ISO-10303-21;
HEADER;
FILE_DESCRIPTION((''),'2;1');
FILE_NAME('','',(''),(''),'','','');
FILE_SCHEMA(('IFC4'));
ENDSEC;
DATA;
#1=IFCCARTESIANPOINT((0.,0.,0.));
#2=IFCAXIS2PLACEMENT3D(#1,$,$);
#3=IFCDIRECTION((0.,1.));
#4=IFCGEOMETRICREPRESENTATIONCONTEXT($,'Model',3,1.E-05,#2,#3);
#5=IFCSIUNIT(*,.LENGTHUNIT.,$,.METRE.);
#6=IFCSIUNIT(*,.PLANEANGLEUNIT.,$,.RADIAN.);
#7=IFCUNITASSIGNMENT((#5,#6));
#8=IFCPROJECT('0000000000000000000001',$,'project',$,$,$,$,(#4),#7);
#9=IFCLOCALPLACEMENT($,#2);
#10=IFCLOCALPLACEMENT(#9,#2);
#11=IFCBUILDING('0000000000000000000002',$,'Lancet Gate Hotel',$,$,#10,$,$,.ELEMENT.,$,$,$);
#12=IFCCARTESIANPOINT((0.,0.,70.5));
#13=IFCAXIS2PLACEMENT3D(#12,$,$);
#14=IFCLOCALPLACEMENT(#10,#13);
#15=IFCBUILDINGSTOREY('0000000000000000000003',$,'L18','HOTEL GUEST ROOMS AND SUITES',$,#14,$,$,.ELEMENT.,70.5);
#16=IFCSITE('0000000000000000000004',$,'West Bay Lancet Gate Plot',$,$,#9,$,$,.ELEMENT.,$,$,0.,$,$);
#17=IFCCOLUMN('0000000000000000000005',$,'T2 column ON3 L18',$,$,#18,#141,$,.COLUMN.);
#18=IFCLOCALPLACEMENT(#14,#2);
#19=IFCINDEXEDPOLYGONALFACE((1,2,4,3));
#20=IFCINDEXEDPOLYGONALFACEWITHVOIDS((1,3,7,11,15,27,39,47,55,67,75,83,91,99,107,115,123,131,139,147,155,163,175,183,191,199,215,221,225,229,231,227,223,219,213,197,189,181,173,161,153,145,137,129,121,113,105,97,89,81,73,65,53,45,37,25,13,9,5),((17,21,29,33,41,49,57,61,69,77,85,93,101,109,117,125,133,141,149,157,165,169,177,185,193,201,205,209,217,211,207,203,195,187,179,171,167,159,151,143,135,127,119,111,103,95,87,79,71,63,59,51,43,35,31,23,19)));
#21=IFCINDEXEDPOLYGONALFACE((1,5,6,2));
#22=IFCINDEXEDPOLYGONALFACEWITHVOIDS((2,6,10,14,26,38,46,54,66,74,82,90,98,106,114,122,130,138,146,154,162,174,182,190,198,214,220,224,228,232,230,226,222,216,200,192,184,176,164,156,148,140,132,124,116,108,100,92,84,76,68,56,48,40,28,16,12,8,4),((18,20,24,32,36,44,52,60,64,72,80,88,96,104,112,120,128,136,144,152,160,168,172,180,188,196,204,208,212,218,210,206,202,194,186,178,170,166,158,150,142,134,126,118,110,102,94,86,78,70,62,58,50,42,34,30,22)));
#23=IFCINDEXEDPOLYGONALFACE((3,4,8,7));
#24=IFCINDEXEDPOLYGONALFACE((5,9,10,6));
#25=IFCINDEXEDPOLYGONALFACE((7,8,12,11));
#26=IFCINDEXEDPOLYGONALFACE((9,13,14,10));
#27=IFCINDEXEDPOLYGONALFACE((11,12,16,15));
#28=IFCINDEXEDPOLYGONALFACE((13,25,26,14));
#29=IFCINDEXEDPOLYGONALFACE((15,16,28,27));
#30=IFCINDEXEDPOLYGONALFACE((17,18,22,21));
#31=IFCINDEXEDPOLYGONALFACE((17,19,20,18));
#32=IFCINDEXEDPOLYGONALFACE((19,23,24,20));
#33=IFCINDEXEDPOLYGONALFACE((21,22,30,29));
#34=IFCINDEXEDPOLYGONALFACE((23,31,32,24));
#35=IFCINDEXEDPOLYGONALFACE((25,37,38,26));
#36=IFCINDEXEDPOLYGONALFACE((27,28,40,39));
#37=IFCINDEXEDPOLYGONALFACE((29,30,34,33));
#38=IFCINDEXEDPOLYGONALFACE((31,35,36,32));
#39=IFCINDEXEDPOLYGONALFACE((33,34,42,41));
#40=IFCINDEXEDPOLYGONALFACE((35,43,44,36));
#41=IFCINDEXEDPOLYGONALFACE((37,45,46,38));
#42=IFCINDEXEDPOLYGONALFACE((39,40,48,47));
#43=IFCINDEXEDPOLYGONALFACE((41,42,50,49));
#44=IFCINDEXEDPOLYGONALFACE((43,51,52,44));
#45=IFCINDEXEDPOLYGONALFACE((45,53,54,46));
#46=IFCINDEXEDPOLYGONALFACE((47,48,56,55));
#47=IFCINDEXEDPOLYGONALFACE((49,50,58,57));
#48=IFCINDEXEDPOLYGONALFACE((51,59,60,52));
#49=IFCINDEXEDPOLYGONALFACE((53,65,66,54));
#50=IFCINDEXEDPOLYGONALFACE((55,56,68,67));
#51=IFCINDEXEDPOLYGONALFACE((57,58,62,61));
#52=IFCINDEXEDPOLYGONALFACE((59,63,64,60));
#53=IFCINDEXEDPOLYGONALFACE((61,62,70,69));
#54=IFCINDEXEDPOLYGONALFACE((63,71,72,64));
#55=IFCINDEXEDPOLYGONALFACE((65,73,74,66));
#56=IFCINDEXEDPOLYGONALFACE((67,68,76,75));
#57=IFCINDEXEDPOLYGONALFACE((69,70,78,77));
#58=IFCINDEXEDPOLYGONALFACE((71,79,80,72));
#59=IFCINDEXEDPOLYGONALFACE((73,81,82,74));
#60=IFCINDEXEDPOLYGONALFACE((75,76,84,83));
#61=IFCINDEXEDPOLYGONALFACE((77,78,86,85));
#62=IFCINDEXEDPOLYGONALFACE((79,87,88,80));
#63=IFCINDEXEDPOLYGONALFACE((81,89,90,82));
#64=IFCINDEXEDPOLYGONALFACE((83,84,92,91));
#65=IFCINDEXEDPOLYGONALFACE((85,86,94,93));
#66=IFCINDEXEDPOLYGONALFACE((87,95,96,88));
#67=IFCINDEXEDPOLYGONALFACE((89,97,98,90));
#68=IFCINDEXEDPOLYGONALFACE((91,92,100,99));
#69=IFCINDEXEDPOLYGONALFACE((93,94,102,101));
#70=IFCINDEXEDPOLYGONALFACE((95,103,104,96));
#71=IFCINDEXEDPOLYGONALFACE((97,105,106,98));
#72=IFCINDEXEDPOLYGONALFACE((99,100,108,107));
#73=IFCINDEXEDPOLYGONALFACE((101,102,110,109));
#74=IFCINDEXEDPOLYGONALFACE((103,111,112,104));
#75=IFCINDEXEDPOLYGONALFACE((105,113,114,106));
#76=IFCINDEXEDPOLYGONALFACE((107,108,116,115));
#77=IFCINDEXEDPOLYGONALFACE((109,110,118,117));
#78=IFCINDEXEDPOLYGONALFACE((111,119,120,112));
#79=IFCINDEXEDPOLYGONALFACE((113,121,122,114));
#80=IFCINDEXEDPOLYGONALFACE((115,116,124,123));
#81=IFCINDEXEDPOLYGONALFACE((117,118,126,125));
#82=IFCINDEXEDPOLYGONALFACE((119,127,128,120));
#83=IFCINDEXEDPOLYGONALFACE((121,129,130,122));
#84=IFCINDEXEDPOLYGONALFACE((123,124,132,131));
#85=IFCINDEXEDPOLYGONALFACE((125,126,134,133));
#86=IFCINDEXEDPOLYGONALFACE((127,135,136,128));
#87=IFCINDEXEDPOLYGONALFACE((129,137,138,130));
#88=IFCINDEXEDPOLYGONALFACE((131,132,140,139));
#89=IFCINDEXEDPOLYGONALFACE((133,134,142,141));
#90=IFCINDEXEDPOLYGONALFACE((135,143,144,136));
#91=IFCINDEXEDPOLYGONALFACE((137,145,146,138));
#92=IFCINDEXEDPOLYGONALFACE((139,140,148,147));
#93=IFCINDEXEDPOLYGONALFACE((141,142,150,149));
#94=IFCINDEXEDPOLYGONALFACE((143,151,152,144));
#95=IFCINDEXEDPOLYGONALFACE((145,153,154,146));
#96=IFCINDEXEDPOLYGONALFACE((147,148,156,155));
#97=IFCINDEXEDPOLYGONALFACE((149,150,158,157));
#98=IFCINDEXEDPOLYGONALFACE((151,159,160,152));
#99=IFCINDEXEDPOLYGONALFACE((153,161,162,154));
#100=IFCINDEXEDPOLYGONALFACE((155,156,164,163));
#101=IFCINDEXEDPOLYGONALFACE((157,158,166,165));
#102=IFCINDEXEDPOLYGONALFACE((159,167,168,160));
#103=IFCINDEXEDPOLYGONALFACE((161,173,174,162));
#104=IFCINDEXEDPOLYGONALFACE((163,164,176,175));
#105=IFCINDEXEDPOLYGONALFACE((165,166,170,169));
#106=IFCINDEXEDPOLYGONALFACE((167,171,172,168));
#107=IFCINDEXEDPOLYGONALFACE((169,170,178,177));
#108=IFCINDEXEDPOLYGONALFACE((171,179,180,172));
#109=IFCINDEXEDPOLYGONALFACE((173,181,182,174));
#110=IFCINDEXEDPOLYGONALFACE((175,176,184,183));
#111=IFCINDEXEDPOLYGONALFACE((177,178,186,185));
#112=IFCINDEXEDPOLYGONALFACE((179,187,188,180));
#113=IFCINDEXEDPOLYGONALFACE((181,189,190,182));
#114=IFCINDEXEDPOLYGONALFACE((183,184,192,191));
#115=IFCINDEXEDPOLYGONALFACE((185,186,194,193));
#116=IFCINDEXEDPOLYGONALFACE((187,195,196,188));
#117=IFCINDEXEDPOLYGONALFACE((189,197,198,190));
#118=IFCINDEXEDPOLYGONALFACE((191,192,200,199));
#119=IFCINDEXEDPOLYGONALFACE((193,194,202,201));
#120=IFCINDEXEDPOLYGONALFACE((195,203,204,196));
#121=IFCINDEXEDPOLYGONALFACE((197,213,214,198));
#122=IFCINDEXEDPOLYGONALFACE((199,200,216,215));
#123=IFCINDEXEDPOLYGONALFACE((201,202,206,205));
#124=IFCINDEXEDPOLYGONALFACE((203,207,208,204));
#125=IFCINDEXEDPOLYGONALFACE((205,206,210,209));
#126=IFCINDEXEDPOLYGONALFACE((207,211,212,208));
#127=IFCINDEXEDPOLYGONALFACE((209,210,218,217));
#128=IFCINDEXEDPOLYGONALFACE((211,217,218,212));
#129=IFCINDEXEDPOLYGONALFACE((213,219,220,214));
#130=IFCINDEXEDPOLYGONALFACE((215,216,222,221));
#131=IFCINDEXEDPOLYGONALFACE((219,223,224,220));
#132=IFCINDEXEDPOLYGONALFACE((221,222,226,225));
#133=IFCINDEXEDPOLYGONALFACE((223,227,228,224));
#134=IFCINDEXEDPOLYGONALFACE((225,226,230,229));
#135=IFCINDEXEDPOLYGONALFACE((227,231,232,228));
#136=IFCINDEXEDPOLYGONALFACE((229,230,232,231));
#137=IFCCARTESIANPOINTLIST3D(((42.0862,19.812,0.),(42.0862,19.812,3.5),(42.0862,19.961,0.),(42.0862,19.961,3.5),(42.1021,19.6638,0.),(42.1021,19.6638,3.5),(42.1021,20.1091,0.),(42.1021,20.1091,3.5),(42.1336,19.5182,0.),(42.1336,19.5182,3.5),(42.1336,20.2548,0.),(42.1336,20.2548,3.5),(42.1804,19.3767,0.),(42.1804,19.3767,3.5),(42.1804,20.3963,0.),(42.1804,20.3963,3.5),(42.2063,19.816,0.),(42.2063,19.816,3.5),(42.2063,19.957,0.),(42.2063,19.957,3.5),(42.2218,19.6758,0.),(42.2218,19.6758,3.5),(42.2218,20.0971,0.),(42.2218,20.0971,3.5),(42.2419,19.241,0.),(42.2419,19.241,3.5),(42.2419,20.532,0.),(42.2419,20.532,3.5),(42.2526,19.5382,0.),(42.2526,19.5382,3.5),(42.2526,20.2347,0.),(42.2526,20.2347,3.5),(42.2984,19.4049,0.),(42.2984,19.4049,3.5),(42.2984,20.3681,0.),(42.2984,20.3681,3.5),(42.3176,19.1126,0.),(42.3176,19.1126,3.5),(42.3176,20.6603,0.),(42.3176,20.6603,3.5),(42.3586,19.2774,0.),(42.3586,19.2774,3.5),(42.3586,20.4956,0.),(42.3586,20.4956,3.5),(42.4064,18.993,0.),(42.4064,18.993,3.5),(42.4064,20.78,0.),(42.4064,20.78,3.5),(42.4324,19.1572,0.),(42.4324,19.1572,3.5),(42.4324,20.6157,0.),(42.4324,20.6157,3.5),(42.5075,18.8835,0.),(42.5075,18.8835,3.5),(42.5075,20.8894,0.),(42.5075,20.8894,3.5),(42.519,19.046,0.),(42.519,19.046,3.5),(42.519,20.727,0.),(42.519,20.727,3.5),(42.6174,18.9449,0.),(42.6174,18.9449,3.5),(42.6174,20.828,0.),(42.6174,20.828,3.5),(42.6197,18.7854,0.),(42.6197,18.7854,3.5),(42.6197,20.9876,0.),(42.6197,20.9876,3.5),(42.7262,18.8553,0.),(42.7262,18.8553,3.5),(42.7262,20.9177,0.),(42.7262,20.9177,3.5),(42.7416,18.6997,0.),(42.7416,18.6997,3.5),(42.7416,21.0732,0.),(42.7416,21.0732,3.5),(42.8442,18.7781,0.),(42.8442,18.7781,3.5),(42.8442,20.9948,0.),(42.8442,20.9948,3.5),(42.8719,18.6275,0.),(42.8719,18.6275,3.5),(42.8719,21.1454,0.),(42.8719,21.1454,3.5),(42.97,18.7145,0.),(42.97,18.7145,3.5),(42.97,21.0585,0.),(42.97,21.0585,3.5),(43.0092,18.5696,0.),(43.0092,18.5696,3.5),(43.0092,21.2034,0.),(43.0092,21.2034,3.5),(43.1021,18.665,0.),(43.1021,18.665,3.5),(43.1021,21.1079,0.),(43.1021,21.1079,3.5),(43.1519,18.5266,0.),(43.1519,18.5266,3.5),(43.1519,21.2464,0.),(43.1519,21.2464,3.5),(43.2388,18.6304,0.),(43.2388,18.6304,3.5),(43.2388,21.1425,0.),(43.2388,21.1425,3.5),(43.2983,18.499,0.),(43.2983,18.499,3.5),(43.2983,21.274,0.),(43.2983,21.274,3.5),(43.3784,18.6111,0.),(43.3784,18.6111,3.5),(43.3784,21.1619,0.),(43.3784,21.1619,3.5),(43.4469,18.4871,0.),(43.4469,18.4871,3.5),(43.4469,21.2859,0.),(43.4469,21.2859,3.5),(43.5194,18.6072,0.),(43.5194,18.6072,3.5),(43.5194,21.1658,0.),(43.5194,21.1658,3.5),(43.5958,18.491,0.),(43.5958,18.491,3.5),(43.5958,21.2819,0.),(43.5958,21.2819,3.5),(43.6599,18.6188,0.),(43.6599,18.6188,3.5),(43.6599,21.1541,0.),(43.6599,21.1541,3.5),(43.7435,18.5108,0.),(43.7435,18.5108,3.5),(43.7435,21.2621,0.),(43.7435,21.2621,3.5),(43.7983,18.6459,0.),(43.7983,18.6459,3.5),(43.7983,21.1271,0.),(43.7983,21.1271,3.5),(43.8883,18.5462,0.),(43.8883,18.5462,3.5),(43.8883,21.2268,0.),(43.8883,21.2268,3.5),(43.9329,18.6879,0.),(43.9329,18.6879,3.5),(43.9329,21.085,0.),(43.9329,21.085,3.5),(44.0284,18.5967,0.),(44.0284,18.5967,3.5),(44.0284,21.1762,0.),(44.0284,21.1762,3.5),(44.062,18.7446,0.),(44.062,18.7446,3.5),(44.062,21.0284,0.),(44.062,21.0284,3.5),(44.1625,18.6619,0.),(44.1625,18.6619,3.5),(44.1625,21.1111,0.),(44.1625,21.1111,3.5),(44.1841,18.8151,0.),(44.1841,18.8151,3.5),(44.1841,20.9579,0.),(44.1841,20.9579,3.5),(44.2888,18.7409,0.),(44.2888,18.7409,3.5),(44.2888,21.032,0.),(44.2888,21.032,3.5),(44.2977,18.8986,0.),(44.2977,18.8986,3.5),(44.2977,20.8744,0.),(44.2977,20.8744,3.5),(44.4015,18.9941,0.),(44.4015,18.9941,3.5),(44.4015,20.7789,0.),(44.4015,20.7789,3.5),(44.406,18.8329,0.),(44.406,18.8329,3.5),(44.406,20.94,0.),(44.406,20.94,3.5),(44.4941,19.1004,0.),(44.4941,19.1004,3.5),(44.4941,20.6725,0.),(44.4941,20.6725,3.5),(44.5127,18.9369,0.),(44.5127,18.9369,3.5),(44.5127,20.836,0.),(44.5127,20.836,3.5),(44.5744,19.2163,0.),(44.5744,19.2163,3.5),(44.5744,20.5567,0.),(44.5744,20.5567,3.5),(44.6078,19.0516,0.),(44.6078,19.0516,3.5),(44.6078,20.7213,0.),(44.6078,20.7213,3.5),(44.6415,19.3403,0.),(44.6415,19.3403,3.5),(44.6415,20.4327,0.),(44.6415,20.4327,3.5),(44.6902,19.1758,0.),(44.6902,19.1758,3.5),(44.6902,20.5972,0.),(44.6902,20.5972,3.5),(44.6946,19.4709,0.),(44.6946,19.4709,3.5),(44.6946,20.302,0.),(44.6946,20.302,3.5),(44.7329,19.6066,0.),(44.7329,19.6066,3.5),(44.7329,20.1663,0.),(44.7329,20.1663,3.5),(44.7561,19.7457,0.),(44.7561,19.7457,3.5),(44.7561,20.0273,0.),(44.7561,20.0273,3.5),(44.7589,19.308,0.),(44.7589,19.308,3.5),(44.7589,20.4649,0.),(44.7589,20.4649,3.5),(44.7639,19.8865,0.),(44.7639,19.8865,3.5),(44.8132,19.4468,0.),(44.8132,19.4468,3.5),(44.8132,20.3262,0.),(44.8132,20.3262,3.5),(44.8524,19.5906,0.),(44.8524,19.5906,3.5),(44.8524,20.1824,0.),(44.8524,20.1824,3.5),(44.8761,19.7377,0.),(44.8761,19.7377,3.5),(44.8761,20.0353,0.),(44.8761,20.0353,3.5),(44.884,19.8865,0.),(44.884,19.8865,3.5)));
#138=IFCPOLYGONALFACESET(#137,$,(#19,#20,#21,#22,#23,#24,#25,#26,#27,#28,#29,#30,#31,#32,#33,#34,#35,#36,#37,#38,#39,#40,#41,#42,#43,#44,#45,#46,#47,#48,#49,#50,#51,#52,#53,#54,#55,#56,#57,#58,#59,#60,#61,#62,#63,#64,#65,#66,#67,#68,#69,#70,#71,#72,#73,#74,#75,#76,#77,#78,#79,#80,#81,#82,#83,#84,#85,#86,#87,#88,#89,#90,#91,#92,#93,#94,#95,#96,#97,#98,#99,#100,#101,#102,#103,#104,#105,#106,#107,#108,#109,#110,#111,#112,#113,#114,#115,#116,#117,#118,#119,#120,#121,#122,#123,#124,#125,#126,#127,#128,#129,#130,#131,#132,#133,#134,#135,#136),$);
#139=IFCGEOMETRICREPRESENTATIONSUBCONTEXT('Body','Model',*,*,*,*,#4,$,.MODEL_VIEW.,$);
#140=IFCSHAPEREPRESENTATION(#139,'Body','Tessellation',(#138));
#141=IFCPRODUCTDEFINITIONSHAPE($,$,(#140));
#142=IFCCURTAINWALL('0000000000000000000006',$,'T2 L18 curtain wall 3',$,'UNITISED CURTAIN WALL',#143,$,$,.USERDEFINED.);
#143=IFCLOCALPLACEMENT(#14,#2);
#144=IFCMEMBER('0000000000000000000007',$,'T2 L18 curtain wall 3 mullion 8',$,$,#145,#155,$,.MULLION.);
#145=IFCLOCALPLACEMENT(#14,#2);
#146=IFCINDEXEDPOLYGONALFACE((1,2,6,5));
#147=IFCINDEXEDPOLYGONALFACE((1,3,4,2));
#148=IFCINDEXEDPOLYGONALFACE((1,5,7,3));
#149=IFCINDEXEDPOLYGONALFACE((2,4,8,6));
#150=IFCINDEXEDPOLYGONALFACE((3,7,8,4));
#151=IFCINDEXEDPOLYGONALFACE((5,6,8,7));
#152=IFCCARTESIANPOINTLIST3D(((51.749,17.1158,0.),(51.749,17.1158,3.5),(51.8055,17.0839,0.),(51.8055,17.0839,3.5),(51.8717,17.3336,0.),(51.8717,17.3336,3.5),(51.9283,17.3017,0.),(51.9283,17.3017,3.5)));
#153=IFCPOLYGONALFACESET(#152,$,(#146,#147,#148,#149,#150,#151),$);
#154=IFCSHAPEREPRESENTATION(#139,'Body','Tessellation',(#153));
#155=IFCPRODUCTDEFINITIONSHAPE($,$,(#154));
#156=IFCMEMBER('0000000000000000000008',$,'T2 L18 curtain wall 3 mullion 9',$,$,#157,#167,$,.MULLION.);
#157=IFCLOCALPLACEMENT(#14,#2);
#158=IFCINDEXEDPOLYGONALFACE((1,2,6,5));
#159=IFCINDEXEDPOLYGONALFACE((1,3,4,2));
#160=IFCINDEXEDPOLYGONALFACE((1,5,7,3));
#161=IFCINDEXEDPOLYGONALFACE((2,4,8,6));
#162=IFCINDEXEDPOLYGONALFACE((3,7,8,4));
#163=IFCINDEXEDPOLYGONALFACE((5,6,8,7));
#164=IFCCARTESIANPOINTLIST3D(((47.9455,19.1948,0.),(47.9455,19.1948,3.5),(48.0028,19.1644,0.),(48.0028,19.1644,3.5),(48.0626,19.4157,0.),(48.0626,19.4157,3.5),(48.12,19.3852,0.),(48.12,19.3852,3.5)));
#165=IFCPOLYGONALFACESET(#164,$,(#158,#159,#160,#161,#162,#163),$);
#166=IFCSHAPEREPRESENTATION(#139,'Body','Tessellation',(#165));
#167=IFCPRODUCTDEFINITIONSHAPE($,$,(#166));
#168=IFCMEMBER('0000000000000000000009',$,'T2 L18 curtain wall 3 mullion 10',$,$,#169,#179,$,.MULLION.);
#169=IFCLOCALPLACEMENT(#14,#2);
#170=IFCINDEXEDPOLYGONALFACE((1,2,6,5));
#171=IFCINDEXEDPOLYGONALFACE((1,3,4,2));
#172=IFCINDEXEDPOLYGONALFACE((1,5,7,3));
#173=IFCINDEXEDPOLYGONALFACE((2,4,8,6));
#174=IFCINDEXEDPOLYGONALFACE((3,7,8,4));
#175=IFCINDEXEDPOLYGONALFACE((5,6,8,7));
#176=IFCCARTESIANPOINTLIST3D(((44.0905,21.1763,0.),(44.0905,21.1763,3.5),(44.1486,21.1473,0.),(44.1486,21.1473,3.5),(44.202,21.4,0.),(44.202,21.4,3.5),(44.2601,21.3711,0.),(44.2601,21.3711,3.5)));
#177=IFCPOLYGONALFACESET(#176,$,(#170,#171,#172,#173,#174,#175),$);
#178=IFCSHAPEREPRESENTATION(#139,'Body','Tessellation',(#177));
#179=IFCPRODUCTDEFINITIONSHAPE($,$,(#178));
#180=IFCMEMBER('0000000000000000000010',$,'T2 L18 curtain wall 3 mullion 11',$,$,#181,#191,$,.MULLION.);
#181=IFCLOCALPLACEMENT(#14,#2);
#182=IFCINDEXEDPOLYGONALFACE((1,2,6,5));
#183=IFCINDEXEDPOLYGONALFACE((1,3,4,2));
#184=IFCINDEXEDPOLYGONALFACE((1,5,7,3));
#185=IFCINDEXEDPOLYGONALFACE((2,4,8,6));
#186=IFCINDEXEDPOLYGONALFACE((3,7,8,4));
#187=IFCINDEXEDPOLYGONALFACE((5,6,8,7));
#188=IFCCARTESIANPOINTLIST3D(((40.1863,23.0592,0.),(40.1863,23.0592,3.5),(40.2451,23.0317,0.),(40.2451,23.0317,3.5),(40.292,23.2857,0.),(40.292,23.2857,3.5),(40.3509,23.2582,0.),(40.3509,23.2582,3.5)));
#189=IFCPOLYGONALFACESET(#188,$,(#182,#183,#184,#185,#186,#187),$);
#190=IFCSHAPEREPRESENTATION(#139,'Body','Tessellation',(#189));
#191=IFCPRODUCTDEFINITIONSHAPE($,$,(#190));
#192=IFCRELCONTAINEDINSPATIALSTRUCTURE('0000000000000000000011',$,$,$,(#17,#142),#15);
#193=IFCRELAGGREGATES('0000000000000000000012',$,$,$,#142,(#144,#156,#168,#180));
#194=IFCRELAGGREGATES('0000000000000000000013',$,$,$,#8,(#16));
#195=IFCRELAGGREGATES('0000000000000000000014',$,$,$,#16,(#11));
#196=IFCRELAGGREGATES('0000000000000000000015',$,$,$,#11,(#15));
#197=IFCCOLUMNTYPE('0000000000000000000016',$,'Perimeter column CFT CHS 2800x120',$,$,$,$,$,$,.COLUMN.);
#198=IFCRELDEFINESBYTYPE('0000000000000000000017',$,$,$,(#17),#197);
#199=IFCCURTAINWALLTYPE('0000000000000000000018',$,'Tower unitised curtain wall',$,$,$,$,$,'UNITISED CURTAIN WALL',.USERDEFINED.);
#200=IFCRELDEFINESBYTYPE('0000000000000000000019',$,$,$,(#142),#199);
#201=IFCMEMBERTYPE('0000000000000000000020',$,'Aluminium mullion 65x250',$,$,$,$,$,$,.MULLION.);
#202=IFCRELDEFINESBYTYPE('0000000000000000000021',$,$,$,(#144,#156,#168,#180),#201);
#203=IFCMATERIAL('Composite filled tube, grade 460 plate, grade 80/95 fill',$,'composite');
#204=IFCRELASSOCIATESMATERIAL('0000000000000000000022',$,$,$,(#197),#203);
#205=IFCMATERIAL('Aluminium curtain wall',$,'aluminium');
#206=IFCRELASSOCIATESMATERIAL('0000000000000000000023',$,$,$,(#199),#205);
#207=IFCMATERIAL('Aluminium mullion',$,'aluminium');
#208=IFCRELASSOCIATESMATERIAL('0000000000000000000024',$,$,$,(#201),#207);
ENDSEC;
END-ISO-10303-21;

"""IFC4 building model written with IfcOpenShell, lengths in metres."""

from ifc_helpers import new_model, si_unit, direction, frame, origin, origin_2d, place, context, subcontext, project, spatial, rectangle, hollow_circle, extrude, material, material_profile, profile_set, type_object, element, aggregate, save


model = new_model("IFC4")

# Units and contexts
model_context = context("Model", 3, precision=1e-05, world=origin(), true_north=direction((0.0, 1.0)))
body_context = subcontext(model_context, "Body", "Model", "MODEL_VIEW")
ifc_project = project(units=[si_unit("LENGTHUNIT", "METRE"), si_unit("PLANEANGLEUNIT", "RADIAN")], contexts=[model_context])

# Site, building, storey
site_placement = place(None, origin())
site = spatial("IfcSite", under=ifc_project, at=site_placement, Name="West Bay Lancet Gate Plot", CompositionType="ELEMENT", RefElevation=0.0)
building_placement = place(site_placement, origin())
building = spatial("IfcBuilding", under=site, at=building_placement, Name="Lancet Gate Hotel", CompositionType="ELEMENT")
storey_placement = place(building_placement, frame((0.0, 0.0, 70.5)))
storey = spatial("IfcBuildingStorey", under=building, at=storey_placement, Name="L18", Description="HOTEL GUEST ROOMS AND SUITES", CompositionType="ELEMENT", Elevation=70.5)

# Column
ifc_material_1 = material(Name="Composite filled tube, grade 460 plate, grade 80/95 fill", Category="composite")
ifc_material_profile_1 = material_profile(ifc_material_1, hollow_circle(Radius=1.3999, WallThickness=0.1201, at=origin_2d()), Name="CHS 2800x120")
ifc_profile_set_1 = profile_set([ifc_material_profile_1], Name="Composite filled tube, grade 460 plate, grade 80/95 fill")
column_type = type_object("IfcColumnType", Name="Perimeter column CFT CHS 2800x120", PredefinedType="COLUMN", material=ifc_profile_set_1)
for number, where, z_axis, x_axis, name in (
    (1, (43.4841, 19.8865, 0.0), (0.0, 0.0, 1.0), (1.0, 0.0, 0.0), "T2 column ON3 L18"),
):
    element("IfcColumn", number, at=place(storey_placement, frame(where, z_axis=z_axis, x_axis=x_axis)), inside=storey, type_object=column_type, Name=name, PredefinedType="COLUMN", context=body_context, shape_type="SweptSolid", body=[
        extrude(hollow_circle(Radius=1.3999, WallThickness=0.1201, at=origin_2d()), origin(), (0.0, 0.0, 1.0), 3.5),
    ])

# Curtain wall, members
ifc_material_2 = material(Name="Aluminium curtain wall", Category="aluminium")
curtain_wall_type = type_object("IfcCurtainWallType", Name="Tower unitised curtain wall", ElementType="UNITISED CURTAIN WALL", PredefinedType="USERDEFINED", material=ifc_material_2)
curtain_wall_placement = place(storey_placement, origin())
curtain_wall = element("IfcCurtainWall", 2, at=curtain_wall_placement, inside=storey, type_object=curtain_wall_type, Name="T2 L18 curtain wall 3", ObjectType="UNITISED CURTAIN WALL", PredefinedType="USERDEFINED")
ifc_material_3 = material(Name="Aluminium mullion", Category="aluminium")
ifc_material_profile_2 = material_profile(ifc_material_3, rectangle(XDim=0.0649, YDim=0.25, at=origin_2d()), Name="MULLION 65x250")
ifc_profile_set_2 = profile_set([ifc_material_profile_2], Name="Aluminium mullion")
member_type_1 = type_object("IfcMemberType", Name="Aluminium mullion 65x250", PredefinedType="MULLION", material=ifc_profile_set_2)
member_1_placement = place(storey_placement, frame((51.8386, 17.2087, 0.0), z_axis=(0.0, 0.0, 1.0), x_axis=(-0.87119, 0.490945, 0.0)))
member_1 = element("IfcMember", 3, at=member_1_placement, type_object=member_type_1, Name="T2 L18 curtain wall 3 mullion 8", PredefinedType="MULLION", context=body_context, shape_type="SweptSolid", body=[
    extrude(rectangle(XDim=0.0649, YDim=0.25, at=origin_2d()), origin(), (0.0, 0.0, 1.0), 3.5),
])
member_2_placement = place(storey_placement, frame((48.0327, 19.29, 0.0), z_axis=(0.0, 0.0, 1.0), x_axis=(-0.883403, 0.468613, 0.0)))
member_2 = element("IfcMember", 4, at=member_2_placement, type_object=member_type_1, Name="T2 L18 curtain wall 3 mullion 9", PredefinedType="MULLION", context=body_context, shape_type="SweptSolid", body=[
    extrude(rectangle(XDim=0.0649, YDim=0.25, at=origin_2d()), origin(), (0.0, 0.0, 1.0), 3.5),
])
member_3_placement = place(storey_placement, frame((44.1753, 21.2737, 0.0), z_axis=(0.0, 0.0, 1.0), x_axis=(-0.895044, 0.445978, 0.0)))
member_3 = element("IfcMember", 5, at=member_3_placement, type_object=member_type_1, Name="T2 L18 curtain wall 3 mullion 10", PredefinedType="MULLION", context=body_context, shape_type="SweptSolid", body=[
    extrude(rectangle(XDim=0.0649, YDim=0.25, at=origin_2d()), origin(), (0.0, 0.0, 1.0), 3.5),
])
member_4_placement = place(storey_placement, frame((40.2686, 23.1587, 0.0), z_axis=(0.0, 0.0, 1.0), x_axis=(-0.906105, 0.423053, 0.0)))
member_4 = element("IfcMember", 6, at=member_4_placement, type_object=member_type_1, Name="T2 L18 curtain wall 3 mullion 11", PredefinedType="MULLION", context=body_context, shape_type="SweptSolid", body=[
    extrude(rectangle(XDim=0.0649, YDim=0.25, at=origin_2d()), origin(), (0.0, 0.0, 1.0), 3.5),
])

aggregate(curtain_wall, [member_1, member_2, member_3, member_4])

save(model, "model.ifc")
